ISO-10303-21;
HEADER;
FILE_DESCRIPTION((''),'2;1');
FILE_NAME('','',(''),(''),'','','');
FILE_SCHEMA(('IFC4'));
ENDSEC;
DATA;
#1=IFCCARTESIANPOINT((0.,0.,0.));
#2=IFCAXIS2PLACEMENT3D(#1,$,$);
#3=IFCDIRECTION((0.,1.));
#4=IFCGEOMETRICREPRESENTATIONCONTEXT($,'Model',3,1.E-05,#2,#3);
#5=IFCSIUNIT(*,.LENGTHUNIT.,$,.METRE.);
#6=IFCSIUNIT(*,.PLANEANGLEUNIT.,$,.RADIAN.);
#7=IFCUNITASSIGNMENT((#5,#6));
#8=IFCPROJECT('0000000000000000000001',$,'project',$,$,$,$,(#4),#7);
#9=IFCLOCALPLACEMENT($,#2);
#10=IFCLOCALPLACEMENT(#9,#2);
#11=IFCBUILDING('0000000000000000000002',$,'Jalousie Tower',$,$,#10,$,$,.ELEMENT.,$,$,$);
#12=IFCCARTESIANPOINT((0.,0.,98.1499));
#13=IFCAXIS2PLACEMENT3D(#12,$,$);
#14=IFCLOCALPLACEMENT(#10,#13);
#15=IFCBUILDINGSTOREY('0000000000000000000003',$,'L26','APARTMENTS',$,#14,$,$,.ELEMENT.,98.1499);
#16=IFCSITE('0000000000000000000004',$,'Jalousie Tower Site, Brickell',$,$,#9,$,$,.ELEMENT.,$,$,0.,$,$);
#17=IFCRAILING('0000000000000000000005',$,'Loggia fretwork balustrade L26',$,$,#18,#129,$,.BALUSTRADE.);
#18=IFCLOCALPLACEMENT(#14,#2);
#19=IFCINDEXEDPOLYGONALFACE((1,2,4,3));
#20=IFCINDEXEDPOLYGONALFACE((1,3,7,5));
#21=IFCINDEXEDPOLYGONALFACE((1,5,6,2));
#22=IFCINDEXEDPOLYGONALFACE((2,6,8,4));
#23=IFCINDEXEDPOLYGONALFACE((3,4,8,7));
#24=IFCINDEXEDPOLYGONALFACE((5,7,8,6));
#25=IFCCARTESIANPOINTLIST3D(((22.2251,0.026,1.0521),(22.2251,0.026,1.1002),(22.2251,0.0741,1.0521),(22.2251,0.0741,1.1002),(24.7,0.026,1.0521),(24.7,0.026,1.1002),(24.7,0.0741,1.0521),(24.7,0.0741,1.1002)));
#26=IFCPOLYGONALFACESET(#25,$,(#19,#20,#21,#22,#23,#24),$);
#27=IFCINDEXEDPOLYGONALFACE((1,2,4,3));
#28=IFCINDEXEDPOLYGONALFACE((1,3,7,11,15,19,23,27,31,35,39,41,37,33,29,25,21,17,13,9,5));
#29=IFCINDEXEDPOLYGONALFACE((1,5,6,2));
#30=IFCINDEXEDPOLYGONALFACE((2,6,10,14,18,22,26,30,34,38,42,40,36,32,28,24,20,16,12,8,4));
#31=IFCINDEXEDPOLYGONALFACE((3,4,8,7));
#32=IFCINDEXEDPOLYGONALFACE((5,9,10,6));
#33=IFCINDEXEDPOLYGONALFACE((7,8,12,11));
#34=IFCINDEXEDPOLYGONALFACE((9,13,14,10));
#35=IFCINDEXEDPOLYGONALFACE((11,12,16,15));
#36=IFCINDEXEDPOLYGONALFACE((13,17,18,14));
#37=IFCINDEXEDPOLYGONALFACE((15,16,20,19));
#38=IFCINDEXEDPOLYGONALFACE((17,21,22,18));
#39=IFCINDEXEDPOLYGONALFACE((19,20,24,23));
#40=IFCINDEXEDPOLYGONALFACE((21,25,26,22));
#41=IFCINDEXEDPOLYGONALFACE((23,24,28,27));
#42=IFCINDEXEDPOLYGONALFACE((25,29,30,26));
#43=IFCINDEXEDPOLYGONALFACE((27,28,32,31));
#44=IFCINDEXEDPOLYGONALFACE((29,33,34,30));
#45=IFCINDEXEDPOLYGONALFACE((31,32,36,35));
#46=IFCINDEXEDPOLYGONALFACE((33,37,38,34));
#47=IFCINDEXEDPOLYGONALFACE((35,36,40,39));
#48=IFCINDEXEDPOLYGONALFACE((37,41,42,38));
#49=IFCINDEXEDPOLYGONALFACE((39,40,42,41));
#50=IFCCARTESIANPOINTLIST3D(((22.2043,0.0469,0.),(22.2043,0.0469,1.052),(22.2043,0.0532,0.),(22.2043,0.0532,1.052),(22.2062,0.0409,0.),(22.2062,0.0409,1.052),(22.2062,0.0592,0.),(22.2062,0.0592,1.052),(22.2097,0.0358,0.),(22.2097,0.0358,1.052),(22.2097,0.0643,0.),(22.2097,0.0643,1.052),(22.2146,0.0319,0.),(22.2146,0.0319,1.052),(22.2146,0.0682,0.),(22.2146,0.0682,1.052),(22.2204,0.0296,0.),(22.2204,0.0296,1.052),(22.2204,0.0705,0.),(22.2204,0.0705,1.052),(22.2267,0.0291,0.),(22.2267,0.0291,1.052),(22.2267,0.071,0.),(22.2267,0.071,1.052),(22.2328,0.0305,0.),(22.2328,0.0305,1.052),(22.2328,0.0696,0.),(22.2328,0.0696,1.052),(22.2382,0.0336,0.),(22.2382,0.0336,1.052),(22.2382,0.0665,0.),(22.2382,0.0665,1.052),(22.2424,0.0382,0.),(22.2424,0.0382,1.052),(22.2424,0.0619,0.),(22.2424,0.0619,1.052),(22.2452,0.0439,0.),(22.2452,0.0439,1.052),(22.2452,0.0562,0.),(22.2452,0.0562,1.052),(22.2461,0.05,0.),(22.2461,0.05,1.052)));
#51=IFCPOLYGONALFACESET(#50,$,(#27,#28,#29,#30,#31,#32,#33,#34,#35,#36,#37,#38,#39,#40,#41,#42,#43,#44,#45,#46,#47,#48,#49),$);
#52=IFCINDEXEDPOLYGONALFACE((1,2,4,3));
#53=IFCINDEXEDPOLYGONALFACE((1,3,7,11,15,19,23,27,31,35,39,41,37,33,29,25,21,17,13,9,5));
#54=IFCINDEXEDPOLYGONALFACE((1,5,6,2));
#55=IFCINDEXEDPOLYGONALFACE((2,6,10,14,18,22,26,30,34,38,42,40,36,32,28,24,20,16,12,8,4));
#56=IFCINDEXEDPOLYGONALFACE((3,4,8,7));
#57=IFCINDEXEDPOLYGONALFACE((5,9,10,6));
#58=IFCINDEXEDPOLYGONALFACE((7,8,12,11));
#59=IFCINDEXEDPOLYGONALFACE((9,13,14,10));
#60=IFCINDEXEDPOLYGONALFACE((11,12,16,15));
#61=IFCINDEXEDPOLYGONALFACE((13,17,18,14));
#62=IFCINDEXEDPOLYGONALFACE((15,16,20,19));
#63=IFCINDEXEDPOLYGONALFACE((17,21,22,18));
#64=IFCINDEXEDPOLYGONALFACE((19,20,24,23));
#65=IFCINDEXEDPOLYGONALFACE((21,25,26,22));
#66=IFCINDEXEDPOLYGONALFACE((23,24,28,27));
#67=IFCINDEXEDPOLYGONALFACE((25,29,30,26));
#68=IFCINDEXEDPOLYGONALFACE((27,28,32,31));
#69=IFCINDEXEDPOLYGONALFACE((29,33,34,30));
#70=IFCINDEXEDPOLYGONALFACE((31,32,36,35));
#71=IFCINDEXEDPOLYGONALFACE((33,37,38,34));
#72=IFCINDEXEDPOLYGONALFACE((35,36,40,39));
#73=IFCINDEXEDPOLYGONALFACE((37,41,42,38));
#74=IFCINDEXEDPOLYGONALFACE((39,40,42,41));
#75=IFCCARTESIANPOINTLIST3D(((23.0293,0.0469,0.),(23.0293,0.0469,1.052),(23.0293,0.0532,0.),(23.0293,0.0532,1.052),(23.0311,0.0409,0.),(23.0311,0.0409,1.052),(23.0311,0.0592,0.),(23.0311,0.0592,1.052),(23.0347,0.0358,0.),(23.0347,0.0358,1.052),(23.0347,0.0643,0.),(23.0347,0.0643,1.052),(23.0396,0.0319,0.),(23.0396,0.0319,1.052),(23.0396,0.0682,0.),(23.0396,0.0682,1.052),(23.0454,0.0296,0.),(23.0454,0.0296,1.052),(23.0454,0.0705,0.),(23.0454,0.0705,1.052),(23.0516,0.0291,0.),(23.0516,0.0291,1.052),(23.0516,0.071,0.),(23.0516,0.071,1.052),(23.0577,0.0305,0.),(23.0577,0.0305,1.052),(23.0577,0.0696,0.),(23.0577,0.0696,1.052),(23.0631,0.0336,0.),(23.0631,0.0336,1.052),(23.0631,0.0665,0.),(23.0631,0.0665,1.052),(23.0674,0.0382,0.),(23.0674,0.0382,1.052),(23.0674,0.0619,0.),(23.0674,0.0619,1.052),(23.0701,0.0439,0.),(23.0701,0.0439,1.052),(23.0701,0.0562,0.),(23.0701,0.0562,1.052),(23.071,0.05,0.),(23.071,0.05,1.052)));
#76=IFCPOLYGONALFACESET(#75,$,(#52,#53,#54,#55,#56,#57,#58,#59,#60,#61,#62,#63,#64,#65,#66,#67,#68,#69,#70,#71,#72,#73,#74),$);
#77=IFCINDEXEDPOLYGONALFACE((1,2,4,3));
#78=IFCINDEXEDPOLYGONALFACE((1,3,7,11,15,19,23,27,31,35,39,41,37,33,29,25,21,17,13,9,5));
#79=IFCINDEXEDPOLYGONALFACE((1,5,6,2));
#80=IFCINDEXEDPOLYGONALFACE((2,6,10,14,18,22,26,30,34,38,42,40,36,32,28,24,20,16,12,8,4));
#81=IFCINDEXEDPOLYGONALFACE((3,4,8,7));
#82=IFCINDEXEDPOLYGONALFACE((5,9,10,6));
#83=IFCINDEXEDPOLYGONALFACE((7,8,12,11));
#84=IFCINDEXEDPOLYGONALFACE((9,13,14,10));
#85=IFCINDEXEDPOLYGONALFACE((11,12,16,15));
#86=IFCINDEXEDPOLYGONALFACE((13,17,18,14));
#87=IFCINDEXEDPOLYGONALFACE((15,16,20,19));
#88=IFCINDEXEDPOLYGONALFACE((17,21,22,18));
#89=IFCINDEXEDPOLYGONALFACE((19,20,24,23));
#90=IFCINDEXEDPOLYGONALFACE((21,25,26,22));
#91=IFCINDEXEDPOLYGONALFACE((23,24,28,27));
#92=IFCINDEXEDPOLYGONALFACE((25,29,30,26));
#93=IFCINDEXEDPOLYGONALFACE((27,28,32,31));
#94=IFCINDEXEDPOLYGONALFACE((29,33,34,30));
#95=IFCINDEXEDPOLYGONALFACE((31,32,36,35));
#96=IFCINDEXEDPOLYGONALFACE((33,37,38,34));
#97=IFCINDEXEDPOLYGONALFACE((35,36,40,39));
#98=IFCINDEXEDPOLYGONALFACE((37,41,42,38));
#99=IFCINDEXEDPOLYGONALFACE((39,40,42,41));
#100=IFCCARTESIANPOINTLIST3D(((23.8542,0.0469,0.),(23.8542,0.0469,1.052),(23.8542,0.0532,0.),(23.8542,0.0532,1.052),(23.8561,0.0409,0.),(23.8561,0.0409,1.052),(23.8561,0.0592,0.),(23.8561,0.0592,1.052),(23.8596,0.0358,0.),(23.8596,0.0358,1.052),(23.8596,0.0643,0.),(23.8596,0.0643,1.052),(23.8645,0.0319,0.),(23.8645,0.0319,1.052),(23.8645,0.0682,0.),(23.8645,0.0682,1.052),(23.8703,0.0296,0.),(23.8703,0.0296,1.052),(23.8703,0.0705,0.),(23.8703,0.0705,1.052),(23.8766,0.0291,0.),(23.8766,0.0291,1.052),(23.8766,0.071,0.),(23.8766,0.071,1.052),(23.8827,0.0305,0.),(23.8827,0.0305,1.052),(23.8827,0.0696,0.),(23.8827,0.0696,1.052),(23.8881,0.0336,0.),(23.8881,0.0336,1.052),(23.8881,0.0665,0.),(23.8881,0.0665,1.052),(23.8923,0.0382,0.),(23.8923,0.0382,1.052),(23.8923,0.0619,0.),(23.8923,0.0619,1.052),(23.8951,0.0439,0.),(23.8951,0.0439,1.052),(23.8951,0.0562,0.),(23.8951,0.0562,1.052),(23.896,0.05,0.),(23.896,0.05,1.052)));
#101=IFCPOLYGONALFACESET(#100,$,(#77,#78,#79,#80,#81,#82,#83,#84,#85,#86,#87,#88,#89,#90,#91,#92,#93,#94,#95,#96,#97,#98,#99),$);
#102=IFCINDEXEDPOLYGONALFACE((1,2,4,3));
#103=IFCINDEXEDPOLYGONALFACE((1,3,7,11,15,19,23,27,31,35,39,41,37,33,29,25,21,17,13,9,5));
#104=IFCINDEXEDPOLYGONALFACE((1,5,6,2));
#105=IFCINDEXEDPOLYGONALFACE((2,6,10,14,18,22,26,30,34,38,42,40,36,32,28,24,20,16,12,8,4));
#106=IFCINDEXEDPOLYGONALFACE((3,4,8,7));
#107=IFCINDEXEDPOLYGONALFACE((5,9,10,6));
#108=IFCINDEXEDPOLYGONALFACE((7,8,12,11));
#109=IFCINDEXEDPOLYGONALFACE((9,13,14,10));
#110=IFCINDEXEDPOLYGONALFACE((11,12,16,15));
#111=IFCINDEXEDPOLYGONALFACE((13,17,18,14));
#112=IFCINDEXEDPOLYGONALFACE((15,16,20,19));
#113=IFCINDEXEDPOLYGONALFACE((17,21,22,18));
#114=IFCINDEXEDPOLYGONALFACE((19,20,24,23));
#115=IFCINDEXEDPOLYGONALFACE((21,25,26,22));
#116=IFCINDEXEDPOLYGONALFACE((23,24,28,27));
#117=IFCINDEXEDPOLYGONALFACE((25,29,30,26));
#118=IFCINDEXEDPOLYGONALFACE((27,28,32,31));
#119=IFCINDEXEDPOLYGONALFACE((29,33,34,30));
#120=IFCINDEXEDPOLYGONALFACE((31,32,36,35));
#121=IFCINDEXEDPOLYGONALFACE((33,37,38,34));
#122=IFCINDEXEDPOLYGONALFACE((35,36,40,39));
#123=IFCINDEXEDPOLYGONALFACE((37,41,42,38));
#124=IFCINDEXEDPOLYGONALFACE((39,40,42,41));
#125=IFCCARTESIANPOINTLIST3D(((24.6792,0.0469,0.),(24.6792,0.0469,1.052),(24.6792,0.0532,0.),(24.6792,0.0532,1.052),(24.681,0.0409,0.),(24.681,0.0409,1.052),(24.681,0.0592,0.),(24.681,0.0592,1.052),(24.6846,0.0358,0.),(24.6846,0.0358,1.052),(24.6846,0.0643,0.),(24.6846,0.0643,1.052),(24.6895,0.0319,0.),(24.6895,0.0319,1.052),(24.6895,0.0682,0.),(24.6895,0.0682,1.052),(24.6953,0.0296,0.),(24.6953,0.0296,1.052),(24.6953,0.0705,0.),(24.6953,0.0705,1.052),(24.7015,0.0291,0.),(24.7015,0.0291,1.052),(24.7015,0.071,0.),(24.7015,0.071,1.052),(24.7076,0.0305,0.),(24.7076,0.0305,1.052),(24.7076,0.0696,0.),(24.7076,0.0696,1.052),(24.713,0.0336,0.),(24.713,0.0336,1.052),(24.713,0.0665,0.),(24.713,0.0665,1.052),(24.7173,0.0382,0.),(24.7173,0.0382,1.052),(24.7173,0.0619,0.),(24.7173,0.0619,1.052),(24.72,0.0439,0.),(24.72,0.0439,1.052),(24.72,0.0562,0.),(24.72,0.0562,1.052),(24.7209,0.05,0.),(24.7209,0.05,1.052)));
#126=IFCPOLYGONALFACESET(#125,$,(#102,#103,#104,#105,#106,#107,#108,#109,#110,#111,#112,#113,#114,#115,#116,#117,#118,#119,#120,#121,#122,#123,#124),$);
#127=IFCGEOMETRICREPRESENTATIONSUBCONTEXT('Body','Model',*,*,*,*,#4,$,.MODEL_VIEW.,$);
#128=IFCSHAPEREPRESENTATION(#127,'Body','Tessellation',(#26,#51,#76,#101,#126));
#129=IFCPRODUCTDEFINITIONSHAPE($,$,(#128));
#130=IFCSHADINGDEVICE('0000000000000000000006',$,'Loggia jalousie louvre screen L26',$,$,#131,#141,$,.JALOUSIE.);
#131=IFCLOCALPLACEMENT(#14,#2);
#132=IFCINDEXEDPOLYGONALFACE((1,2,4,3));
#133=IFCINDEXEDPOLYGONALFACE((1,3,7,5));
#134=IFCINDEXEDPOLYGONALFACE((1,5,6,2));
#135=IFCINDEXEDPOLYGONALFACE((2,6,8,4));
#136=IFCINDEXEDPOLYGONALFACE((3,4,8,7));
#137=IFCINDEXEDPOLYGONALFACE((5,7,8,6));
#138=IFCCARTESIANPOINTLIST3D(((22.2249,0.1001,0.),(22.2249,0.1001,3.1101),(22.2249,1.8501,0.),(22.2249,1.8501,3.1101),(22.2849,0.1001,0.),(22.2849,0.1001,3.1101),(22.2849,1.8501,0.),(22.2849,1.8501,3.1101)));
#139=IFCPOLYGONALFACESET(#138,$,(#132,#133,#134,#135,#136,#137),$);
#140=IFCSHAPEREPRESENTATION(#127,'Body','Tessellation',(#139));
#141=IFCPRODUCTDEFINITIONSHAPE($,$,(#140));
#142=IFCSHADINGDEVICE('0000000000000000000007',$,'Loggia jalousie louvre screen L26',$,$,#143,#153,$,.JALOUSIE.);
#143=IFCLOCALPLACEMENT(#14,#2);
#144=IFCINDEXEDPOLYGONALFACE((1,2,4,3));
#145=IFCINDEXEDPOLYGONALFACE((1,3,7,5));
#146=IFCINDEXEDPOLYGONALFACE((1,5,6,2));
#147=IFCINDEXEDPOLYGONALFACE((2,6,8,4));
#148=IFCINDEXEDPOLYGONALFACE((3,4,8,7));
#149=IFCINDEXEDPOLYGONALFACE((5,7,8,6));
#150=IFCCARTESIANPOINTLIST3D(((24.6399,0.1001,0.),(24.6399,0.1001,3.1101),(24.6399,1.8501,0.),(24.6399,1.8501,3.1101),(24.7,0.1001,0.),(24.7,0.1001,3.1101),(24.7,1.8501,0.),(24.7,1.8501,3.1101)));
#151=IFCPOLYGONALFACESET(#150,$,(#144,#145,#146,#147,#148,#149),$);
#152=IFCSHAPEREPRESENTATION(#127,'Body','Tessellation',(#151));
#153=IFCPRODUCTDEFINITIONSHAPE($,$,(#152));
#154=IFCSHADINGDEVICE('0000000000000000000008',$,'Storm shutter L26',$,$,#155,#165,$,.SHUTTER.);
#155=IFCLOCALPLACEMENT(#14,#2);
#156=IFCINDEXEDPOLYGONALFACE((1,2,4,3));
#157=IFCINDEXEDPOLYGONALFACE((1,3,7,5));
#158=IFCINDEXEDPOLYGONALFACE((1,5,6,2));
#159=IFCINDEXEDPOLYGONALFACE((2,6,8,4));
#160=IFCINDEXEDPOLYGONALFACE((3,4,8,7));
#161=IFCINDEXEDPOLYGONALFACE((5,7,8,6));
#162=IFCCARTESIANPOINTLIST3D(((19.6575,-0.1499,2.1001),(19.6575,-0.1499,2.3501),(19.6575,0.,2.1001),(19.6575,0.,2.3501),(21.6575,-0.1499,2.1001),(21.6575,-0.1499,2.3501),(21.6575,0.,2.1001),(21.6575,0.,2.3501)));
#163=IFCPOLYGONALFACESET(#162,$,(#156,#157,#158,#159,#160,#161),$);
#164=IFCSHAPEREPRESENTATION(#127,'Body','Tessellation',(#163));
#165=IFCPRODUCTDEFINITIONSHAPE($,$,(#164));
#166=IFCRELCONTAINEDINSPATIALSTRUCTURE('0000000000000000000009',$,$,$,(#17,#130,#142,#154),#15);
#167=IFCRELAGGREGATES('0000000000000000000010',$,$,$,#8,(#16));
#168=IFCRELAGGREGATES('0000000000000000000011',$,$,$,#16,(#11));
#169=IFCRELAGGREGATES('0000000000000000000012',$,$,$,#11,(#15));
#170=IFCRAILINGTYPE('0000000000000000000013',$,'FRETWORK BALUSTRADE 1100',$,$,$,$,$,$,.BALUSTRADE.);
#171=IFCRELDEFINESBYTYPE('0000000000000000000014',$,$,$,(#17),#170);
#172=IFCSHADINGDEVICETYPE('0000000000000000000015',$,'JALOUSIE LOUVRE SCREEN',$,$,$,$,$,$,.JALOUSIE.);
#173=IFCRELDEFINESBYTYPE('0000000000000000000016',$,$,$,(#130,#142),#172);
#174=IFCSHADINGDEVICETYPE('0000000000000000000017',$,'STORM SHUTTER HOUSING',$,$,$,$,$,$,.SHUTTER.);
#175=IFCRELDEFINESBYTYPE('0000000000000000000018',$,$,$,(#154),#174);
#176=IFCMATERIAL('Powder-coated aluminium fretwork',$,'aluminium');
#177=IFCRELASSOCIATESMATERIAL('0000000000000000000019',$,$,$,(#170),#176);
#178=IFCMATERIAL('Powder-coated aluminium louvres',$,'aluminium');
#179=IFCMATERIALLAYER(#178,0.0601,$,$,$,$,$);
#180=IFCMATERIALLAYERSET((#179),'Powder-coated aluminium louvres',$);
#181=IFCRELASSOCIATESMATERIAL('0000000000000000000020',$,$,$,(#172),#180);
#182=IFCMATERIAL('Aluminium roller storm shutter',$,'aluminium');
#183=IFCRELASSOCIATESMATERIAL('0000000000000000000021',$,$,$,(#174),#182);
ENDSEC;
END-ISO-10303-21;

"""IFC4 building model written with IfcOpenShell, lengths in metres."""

from ifc_helpers import new_model, si_unit, direction, frame, origin, origin_2d, place, context, subcontext, project, spatial, rectangle, circle, extrude, material, layer, layer_set, type_object, element, save


model = new_model("IFC4")

# Units and contexts
model_context = context("Model", 3, precision=1e-05, world=origin(), true_north=direction((0.0, 1.0)))
body_context = subcontext(model_context, "Body", "Model", "MODEL_VIEW")
ifc_project = project(units=[si_unit("LENGTHUNIT", "METRE"), si_unit("PLANEANGLEUNIT", "RADIAN")], contexts=[model_context])

# Site, building, storey
site_placement = place(None, origin())
site = spatial("IfcSite", under=ifc_project, at=site_placement, Name="Jalousie Tower Site, Brickell", CompositionType="ELEMENT", RefElevation=0.0)
building_placement = place(site_placement, origin())
building = spatial("IfcBuilding", under=site, at=building_placement, Name="Jalousie Tower", CompositionType="ELEMENT")
storey_placement = place(building_placement, frame((0.0, 0.0, 98.1499)))
storey = spatial("IfcBuildingStorey", under=building, at=storey_placement, Name="L26", Description="APARTMENTS", CompositionType="ELEMENT", Elevation=98.1499)

# Railing
ifc_material_1 = material(Name="Powder-coated aluminium fretwork", Category="aluminium")
railing_type = type_object("IfcRailingType", Name="FRETWORK BALUSTRADE 1100", PredefinedType="BALUSTRADE", material=ifc_material_1)
railing_placement = place(storey_placement, frame((22.2251, 0.05, 0.0)))
element("IfcRailing", 1, at=railing_placement, inside=storey, type_object=railing_type, Name="Loggia fretwork balustrade L26", PredefinedType="BALUSTRADE", context=body_context, shape_type="SweptSolid", body=[
    extrude(rectangle(XDim=0.0481, YDim=0.0481, at=origin_2d()), frame((0.0, 0.0, 1.0762), z_axis=(1.0, 0.0, 0.0), x_axis=(0.0, 1.0, 0.0)), (0.0, 0.0, 1.0), 2.4749),
    extrude(circle(Radius=0.021, at=origin_2d()), origin(), (0.0, 0.0, 1.0), 1.052),
    extrude(circle(Radius=0.021, at=origin_2d()), frame((0.825, 0.0, 0.0)), (0.0, 0.0, 1.0), 1.052),
    extrude(circle(Radius=0.021, at=origin_2d()), frame((1.6499, 0.0, 0.0)), (0.0, 0.0, 1.0), 1.052),
    extrude(circle(Radius=0.021, at=origin_2d()), frame((2.4749, 0.0, 0.0)), (0.0, 0.0, 1.0), 1.052),
])

# Shading devices
ifc_material_2 = material(Name="Powder-coated aluminium louvres", Category="aluminium")
ifc_layer_1 = layer(ifc_material_2, 0.0601)
ifc_layer_set_1 = layer_set([ifc_layer_1], Name="Powder-coated aluminium louvres")
shading_device_type_1 = type_object("IfcShadingDeviceType", Name="JALOUSIE LOUVRE SCREEN", PredefinedType="JALOUSIE", material=ifc_layer_set_1)
for number, where, z_axis, x_axis, name in (
    (2, (22.2549, 0.9751, 0.0), (0.0, 0.0, 1.0), (1.0, 0.0, 0.0), "Loggia jalousie louvre screen L26"),
    (3, (24.6699, 0.9751, 0.0), (0.0, 0.0, 1.0), (1.0, 0.0, 0.0), "Loggia jalousie louvre screen L26"),
):
    element("IfcShadingDevice", number, at=place(storey_placement, frame(where, z_axis=z_axis, x_axis=x_axis)), inside=storey, type_object=shading_device_type_1, Name=name, PredefinedType="JALOUSIE", context=body_context, shape_type="SweptSolid", body=[
        extrude(rectangle(XDim=0.0601, YDim=1.75, at=origin_2d()), origin(), (0.0, 0.0, 1.0), 3.1101),
    ])
ifc_material_3 = material(Name="Aluminium roller storm shutter", Category="aluminium")
shading_device_type_2 = type_object("IfcShadingDeviceType", Name="STORM SHUTTER HOUSING", PredefinedType="SHUTTER", material=ifc_material_3)
shading_device_1_placement = place(storey_placement, frame((20.6575, -0.075, 2.1001), z_axis=(0.0, 0.0, 1.0), x_axis=(1.0, 0.0, 0.0)))
element("IfcShadingDevice", 4, at=shading_device_1_placement, inside=storey, type_object=shading_device_type_2, Name="Storm shutter L26", PredefinedType="SHUTTER", context=body_context, shape_type="SweptSolid", body=[
    extrude(rectangle(XDim=2.0, YDim=0.1499, at=origin_2d()), origin(), (0.0, 0.0, 1.0), 0.25),
])

save(model, "model.ifc")
